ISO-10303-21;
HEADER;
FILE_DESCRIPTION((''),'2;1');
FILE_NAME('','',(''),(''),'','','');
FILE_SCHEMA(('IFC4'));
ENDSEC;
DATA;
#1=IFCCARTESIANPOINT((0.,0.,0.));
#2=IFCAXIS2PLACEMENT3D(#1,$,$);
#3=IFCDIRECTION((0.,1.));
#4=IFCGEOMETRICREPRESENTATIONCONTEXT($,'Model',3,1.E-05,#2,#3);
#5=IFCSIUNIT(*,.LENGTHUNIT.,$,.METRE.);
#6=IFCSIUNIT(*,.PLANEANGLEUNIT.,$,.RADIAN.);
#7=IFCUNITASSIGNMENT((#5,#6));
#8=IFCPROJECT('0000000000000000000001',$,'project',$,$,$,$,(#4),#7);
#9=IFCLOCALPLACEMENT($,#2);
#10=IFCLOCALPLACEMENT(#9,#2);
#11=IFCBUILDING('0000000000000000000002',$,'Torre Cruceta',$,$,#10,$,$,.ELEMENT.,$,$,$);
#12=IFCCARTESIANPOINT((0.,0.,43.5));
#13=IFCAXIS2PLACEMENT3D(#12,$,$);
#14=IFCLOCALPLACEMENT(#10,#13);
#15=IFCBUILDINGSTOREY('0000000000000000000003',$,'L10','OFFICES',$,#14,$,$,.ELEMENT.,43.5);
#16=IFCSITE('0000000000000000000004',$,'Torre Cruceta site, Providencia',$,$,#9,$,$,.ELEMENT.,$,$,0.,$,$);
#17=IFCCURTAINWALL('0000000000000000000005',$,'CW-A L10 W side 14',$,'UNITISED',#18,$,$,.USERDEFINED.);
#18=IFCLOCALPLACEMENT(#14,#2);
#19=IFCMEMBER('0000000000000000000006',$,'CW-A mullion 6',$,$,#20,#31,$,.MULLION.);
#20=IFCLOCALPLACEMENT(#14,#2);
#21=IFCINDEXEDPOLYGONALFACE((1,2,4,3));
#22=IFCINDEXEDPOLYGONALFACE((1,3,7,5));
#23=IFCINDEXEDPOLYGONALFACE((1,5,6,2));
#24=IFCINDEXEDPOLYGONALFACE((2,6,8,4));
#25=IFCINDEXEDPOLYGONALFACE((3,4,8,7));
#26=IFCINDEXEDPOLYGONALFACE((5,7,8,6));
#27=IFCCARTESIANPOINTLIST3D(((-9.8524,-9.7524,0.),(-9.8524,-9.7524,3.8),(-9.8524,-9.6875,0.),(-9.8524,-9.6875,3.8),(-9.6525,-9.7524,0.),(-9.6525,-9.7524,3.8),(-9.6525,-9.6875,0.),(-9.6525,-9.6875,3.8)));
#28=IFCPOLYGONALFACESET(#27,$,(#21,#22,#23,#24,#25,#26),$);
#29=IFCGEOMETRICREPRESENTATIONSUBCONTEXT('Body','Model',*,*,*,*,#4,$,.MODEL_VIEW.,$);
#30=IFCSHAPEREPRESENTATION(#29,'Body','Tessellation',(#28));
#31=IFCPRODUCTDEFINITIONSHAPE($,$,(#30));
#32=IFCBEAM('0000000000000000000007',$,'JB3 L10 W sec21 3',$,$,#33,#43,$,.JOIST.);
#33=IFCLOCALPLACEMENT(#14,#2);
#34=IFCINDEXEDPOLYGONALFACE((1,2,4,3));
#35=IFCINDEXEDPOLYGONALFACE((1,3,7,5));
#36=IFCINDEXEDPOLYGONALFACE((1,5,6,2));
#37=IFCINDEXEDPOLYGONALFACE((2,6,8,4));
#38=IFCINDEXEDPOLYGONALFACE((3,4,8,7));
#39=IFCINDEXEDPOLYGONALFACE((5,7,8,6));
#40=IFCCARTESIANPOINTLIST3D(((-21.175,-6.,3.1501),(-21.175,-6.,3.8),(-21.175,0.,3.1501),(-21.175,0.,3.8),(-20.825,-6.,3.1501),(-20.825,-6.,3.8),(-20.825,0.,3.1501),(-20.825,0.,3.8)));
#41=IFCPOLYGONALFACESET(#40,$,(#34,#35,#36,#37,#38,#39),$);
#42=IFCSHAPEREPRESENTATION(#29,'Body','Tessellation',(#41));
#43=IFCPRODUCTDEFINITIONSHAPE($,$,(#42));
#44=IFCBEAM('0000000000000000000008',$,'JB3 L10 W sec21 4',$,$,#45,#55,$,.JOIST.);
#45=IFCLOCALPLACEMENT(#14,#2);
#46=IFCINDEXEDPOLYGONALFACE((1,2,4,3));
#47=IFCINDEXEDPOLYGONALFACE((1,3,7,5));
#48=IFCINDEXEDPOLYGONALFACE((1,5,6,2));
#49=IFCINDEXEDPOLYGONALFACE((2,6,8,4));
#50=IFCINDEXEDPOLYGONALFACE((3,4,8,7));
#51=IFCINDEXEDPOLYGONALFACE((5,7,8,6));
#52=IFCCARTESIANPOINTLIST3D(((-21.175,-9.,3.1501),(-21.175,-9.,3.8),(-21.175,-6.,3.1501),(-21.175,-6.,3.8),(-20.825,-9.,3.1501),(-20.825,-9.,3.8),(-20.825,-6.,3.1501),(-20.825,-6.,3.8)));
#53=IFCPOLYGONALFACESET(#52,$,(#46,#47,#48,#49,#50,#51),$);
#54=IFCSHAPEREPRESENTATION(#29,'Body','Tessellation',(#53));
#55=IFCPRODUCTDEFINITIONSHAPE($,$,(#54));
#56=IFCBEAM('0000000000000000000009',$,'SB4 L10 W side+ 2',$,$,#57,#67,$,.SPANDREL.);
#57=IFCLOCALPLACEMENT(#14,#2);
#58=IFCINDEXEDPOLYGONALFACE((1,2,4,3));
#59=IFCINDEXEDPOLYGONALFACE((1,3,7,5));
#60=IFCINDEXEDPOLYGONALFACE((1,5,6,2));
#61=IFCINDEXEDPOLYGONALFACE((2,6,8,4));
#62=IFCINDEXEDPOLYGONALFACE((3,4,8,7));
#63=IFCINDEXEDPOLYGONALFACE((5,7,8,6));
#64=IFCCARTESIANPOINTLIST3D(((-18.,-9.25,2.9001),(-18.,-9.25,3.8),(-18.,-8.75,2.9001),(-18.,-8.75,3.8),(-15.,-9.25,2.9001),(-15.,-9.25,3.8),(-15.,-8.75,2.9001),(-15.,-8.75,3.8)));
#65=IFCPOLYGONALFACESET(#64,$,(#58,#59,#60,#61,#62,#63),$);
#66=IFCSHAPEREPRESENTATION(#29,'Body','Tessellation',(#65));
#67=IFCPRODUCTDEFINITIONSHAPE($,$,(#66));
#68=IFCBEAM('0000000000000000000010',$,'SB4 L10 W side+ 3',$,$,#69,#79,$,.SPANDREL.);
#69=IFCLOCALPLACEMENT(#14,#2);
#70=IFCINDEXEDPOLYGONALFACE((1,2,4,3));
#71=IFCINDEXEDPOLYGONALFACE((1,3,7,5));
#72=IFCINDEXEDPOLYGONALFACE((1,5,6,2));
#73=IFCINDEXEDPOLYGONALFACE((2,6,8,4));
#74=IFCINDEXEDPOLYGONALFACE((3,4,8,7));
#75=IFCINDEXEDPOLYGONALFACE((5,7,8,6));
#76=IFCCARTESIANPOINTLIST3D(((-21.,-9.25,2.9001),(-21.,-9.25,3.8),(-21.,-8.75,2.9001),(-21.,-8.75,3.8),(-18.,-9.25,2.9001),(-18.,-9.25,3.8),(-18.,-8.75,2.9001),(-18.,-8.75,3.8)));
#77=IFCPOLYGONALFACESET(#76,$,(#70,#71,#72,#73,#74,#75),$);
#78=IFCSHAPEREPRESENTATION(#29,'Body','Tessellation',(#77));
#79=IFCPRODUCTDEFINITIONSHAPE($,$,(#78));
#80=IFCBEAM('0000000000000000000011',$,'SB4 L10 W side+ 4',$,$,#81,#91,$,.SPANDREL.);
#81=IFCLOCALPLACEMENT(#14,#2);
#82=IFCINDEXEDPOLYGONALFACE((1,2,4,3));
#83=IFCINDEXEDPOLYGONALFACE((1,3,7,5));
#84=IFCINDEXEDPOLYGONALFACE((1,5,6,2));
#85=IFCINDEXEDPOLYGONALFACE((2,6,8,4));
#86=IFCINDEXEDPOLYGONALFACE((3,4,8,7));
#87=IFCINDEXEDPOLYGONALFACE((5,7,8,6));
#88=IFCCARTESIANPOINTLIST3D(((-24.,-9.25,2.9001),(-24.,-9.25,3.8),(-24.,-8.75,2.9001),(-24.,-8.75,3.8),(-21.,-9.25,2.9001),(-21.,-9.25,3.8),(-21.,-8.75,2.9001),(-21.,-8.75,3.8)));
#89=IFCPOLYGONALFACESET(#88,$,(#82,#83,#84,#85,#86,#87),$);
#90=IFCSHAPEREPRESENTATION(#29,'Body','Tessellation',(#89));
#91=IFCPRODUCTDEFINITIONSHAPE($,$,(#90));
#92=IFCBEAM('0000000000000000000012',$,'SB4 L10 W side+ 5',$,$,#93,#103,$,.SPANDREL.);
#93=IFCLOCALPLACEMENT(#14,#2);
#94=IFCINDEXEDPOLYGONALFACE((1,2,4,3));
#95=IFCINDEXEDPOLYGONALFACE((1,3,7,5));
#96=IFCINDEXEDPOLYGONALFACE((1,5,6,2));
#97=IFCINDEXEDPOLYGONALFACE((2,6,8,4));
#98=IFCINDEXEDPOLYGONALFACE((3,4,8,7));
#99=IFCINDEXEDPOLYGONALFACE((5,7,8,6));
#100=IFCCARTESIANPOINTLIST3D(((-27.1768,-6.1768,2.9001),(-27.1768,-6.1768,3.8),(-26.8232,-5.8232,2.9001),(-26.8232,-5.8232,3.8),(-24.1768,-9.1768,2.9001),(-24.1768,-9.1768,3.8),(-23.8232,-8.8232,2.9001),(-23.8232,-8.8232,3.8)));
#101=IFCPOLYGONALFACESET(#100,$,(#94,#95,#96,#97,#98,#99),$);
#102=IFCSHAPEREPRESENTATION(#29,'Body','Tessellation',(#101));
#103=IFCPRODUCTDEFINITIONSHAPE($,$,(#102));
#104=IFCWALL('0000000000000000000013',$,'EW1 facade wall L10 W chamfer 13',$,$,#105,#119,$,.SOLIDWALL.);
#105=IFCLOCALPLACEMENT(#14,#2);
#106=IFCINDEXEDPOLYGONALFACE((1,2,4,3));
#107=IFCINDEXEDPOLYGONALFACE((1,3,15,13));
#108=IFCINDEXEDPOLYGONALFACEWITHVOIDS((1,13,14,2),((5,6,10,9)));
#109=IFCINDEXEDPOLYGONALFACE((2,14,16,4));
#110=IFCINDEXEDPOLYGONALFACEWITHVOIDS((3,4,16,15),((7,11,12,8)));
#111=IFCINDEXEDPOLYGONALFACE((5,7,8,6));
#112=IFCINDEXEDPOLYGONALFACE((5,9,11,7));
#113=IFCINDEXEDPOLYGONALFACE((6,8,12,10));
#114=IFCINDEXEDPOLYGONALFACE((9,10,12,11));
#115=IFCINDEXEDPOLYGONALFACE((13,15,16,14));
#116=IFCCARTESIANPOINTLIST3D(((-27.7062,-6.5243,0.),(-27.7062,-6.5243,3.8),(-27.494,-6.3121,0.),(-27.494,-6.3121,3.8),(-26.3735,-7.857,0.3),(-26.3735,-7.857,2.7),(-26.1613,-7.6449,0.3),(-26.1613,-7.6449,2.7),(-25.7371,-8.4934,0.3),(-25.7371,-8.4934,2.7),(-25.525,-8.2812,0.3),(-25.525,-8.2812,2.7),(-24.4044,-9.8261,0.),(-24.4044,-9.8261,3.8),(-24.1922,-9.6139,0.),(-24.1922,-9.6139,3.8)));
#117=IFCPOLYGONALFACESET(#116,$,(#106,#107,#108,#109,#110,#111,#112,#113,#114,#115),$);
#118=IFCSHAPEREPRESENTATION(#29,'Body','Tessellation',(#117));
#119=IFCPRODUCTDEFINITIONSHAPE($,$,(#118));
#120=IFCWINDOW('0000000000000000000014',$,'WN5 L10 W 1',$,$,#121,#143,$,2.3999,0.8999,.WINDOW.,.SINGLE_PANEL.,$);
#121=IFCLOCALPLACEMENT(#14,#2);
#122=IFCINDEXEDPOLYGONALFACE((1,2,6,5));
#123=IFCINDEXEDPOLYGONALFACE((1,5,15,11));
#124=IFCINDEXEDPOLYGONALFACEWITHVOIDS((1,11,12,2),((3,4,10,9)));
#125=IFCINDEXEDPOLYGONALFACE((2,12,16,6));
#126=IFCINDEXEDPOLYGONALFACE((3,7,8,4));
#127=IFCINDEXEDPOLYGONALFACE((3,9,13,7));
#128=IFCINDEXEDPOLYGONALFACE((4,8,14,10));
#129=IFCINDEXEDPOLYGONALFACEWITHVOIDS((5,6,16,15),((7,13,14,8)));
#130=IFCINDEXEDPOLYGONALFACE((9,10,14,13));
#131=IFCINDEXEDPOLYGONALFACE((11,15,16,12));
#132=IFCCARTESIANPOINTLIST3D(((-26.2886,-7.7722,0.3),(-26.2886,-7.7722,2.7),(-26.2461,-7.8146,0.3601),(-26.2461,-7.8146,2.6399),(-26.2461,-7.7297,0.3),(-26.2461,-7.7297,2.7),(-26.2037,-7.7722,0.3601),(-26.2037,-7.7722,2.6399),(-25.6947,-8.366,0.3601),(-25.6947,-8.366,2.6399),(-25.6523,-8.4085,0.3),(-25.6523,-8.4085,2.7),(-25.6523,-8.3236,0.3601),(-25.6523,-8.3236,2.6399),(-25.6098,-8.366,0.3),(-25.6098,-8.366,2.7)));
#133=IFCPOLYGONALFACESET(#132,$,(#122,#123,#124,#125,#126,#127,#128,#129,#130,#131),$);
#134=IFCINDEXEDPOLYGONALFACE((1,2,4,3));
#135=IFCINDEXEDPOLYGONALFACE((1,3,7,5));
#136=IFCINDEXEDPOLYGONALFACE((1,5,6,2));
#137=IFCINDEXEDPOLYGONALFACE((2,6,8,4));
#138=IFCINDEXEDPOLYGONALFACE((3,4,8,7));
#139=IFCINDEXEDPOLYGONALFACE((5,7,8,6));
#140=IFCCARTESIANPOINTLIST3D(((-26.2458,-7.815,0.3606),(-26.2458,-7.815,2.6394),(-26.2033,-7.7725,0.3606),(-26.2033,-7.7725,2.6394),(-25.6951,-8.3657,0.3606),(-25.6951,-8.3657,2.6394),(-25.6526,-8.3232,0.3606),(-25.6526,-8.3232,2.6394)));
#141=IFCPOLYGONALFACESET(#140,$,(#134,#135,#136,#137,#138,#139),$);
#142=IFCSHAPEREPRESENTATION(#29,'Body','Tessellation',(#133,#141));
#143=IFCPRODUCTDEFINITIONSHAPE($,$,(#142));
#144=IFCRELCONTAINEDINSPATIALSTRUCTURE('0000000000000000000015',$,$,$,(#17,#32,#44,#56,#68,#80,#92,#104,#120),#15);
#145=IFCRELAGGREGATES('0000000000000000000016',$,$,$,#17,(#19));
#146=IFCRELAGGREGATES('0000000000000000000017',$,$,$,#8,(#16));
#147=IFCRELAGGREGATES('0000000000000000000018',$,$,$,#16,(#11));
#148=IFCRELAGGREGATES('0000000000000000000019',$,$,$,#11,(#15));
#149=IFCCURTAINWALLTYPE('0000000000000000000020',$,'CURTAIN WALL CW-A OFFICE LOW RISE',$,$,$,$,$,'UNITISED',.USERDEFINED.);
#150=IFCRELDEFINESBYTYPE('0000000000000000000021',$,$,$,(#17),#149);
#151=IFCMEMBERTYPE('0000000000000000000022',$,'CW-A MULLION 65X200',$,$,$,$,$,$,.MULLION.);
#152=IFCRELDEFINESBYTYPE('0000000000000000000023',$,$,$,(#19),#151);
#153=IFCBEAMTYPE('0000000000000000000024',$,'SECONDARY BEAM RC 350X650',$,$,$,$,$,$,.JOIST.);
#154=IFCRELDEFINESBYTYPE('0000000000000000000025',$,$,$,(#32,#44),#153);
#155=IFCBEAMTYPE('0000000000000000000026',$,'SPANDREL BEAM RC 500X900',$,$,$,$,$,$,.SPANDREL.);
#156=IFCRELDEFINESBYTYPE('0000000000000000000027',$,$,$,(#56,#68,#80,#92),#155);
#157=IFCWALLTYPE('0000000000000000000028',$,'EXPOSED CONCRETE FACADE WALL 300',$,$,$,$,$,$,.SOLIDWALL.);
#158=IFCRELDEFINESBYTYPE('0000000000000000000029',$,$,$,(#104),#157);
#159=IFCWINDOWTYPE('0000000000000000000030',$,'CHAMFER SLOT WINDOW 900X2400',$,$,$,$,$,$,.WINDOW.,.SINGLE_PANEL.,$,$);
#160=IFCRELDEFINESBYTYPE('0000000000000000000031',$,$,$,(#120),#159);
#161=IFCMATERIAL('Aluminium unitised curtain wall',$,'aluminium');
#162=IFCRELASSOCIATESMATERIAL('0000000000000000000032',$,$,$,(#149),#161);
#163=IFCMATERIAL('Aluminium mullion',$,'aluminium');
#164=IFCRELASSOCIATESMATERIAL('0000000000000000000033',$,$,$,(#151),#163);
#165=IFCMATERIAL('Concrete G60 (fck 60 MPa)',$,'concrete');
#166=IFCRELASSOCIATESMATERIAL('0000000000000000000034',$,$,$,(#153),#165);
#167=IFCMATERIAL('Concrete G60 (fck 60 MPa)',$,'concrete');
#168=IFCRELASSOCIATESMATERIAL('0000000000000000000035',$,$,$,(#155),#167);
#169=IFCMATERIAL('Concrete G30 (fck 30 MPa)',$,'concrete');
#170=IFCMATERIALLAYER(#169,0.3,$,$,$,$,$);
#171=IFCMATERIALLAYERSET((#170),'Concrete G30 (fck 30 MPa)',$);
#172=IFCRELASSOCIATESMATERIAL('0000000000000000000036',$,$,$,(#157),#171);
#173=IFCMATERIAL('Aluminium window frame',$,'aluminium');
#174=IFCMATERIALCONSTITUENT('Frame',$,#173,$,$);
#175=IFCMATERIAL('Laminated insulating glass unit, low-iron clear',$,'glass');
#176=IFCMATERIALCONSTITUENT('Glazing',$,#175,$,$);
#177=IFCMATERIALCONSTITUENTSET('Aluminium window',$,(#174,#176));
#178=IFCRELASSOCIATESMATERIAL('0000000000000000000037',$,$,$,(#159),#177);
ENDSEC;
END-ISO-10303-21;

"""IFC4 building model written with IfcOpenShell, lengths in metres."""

from ifc_helpers import new_model, si_unit, direction, frame, frame_2d, origin, origin_2d, place, context, subcontext, project, spatial, rectangle, hollow_rectangle, extrude, material, layer, layer_set, constituent, constituent_set, material_profile, profile_set, type_object, element, fill, aggregate, save


model = new_model("IFC4")

# Units and contexts
model_context = context("Model", 3, precision=1e-05, world=origin(), true_north=direction((0.0, 1.0)))
body_context = subcontext(model_context, "Body", "Model", "MODEL_VIEW")
ifc_project = project(units=[si_unit("LENGTHUNIT", "METRE"), si_unit("PLANEANGLEUNIT", "RADIAN")], contexts=[model_context])

# Site, building, storey
site_placement = place(None, origin())
site = spatial("IfcSite", under=ifc_project, at=site_placement, Name="Torre Cruceta site, Providencia", CompositionType="ELEMENT", RefElevation=0.0)
building_placement = place(site_placement, origin())
building = spatial("IfcBuilding", under=site, at=building_placement, Name="Torre Cruceta", CompositionType="ELEMENT")
storey_placement = place(building_placement, frame((0.0, 0.0, 43.5)))
storey = spatial("IfcBuildingStorey", under=building, at=storey_placement, Name="L10", Description="OFFICES", CompositionType="ELEMENT", Elevation=43.5)

# Curtain wall, member
ifc_material_1 = material(Name="Aluminium unitised curtain wall", Category="aluminium")
curtain_wall_type = type_object("IfcCurtainWallType", Name="CURTAIN WALL CW-A OFFICE LOW RISE", ElementType="UNITISED", PredefinedType="USERDEFINED", material=ifc_material_1)
curtain_wall_placement = place(storey_placement, origin())
curtain_wall = element("IfcCurtainWall", 1, at=curtain_wall_placement, inside=storey, type_object=curtain_wall_type, Name="CW-A L10 W side 14", ObjectType="UNITISED", PredefinedType="USERDEFINED")
ifc_material_2 = material(Name="Aluminium mullion", Category="aluminium")
ifc_material_profile_1 = material_profile(ifc_material_2, rectangle(XDim=0.0649, YDim=0.2, at=origin_2d()), Name="AL 65X200")
ifc_profile_set_1 = profile_set([ifc_material_profile_1], Name="Aluminium mullion")
member_type = type_object("IfcMemberType", Name="CW-A MULLION 65X200", PredefinedType="MULLION", material=ifc_profile_set_1)
member_placement = place(storey_placement, frame((-9.7524, -9.72, 0.0), z_axis=(0.0, 0.0, 1.0), x_axis=(0.0, 1.0, 0.0)))
member = element("IfcMember", 2, at=member_placement, type_object=member_type, Name="CW-A mullion 6", PredefinedType="MULLION", context=body_context, shape_type="SweptSolid", body=[
    extrude(rectangle(XDim=0.0649, YDim=0.2, at=origin_2d()), origin(), (0.0, 0.0, 1.0), 3.8),
])
aggregate(curtain_wall, [member])

# Beams
ifc_material_3 = material(Name="Concrete G60 (fck 60 MPa)", Category="concrete")
ifc_material_profile_2 = material_profile(ifc_material_3, rectangle(XDim=0.3501, YDim=0.6499, at=origin_2d()), Name="RC 350X650")
ifc_profile_set_2 = profile_set([ifc_material_profile_2], Name="Concrete G60 (fck 60 MPa)")
beam_type_1 = type_object("IfcBeamType", Name="SECONDARY BEAM RC 350X650", PredefinedType="JOIST", material=ifc_profile_set_2)
beam_1_placement = place(storey_placement, frame((-21.0, 0.0, 3.4751), z_axis=(0.0, -1.0, 0.0), x_axis=(1.0, 0.0, 0.0)))
element("IfcBeam", 3, at=beam_1_placement, inside=storey, type_object=beam_type_1, Name="JB3 L10 W sec21 3", PredefinedType="JOIST", context=body_context, shape_type="SweptSolid", body=[
    extrude(rectangle(XDim=0.3501, YDim=0.6499, at=origin_2d()), origin(), (0.0, 0.0, 1.0), 6.0),
])
beam_2_placement = place(storey_placement, frame((-21.0, -6.0, 3.4751), z_axis=(0.0, -1.0, 0.0), x_axis=(1.0, 0.0, 0.0)))
element("IfcBeam", 4, at=beam_2_placement, inside=storey, type_object=beam_type_1, Name="JB3 L10 W sec21 4", PredefinedType="JOIST", context=body_context, shape_type="SweptSolid", body=[
    extrude(rectangle(XDim=0.3501, YDim=0.6499, at=origin_2d()), origin(), (0.0, 0.0, 1.0), 3.0),
])
ifc_material_4 = material(Name="Concrete G60 (fck 60 MPa)", Category="concrete")
ifc_material_profile_3 = material_profile(ifc_material_4, rectangle(XDim=0.5, YDim=0.8999, at=origin_2d()), Name="RC 500X900")
ifc_profile_set_3 = profile_set([ifc_material_profile_3], Name="Concrete G60 (fck 60 MPa)")
beam_type_2 = type_object("IfcBeamType", Name="SPANDREL BEAM RC 500X900", PredefinedType="SPANDREL", material=ifc_profile_set_3)
for number, where, z_axis, x_axis, name in (
    (5, (-15.0, -9.0, 3.3501), (-1.0, 0.0, 0.0), (0.0, -1.0, 0.0), "SB4 L10 W side+ 2"),
    (6, (-18.0, -9.0, 3.3501), (-1.0, 0.0, 0.0), (0.0, -1.0, 0.0), "SB4 L10 W side+ 3"),
    (7, (-21.0, -9.0, 3.3501), (-1.0, 0.0, 0.0), (0.0, -1.0, 0.0), "SB4 L10 W side+ 4"),
):
    element("IfcBeam", number, at=place(storey_placement, frame(where, z_axis=z_axis, x_axis=x_axis)), inside=storey, type_object=beam_type_2, Name=name, PredefinedType="SPANDREL", context=body_context, shape_type="SweptSolid", body=[
        extrude(rectangle(XDim=0.5, YDim=0.8999, at=origin_2d()), origin(), (0.0, 0.0, 1.0), 3.0),
    ])
beam_3_placement = place(storey_placement, frame((-24.0, -9.0, 3.3501), z_axis=(-0.707107, 0.707107, 0.0), x_axis=(-0.707107, -0.707107, 0.0)))
element("IfcBeam", 8, at=beam_3_placement, inside=storey, type_object=beam_type_2, Name="SB4 L10 W side+ 5", PredefinedType="SPANDREL", context=body_context, shape_type="SweptSolid", body=[
    extrude(rectangle(XDim=0.5, YDim=0.8999, at=origin_2d()), origin(), (0.0, 0.0, 1.0), 4.2427),
])

# Wall, opening, window
ifc_material_5 = material(Name="Concrete G30 (fck 30 MPa)", Category="concrete")
ifc_layer_1 = layer(ifc_material_5, 0.3)
ifc_layer_set_1 = layer_set([ifc_layer_1], Name="Concrete G30 (fck 30 MPa)")
wall_type_1 = type_object("IfcWallType", Name="EXPOSED CONCRETE FACADE WALL 300", PredefinedType="SOLIDWALL", material=ifc_layer_set_1)
wall_1_placement = place(storey_placement, frame((-27.6001, -6.4182, 0.0), z_axis=(0.0, 0.0, 1.0), x_axis=(0.707107, -0.707107, 0.0)))
wall_1 = element("IfcWall", 9, at=wall_1_placement, inside=storey, type_object=wall_type_1, Name="EW1 facade wall L10 W chamfer 13", PredefinedType="SOLIDWALL", context=body_context, shape_type="SweptSolid", body=[
    extrude(rectangle(XDim=4.6694, YDim=0.3, at=frame_2d((2.3347, 0.0))), origin(), (0.0, 0.0, 1.0), 3.8),
])
opening_1_placement = place(wall_1_placement, frame((1.8848, 0.0, 0.3)))
opening_1 = element("IfcOpeningElement", 10, at=opening_1_placement, cuts=wall_1, PredefinedType="OPENING", context=body_context, shape_type="SweptSolid", body=[
    extrude(rectangle(XDim=0.8999, YDim=2.3999, at=frame_2d((0.45, 1.2))), frame((0.0, 0.1599, 0.0), z_axis=(0.0, -1.0, 0.0), x_axis=(1.0, 0.0, 0.0)), (0.0, 0.0, 1.0), 0.3201),
])
ifc_material_6 = material(Name="Aluminium window frame", Category="aluminium")
ifc_constituent_1 = constituent(ifc_material_6, Name="Frame")
ifc_material_7 = material(Name="Laminated insulating glass unit, low-iron clear", Category="glass")
ifc_constituent_2 = constituent(ifc_material_7, Name="Glazing")
ifc_constituent_set_1 = constituent_set(constituents=[ifc_constituent_1, ifc_constituent_2], Name="Aluminium window")
window_type = type_object("IfcWindowType", Name="CHAMFER SLOT WINDOW 900X2400", PartitioningType="SINGLE_PANEL", PredefinedType="WINDOW", material=ifc_constituent_set_1)
window_placement = place(opening_1_placement, origin())
window = element("IfcWindow", 11, at=window_placement, inside=storey, type_object=window_type, Name="WN5 L10 W 1", OverallHeight=2.3999, OverallWidth=0.8999, PartitioningType="SINGLE_PANEL", PredefinedType="WINDOW", context=body_context, shape_type="SweptSolid", body=[
    extrude(hollow_rectangle(XDim=0.8999, YDim=2.3999, WallThickness=0.0601, at=frame_2d((0.45, 1.2))), frame((0.0, 0.03, 0.0), z_axis=(0.0, -1.0, 0.0), x_axis=(1.0, 0.0, 0.0)), (0.0, 0.0, 1.0), 0.0601),
    extrude(rectangle(XDim=0.7788, YDim=2.2788, at=frame_2d((0.45, 1.2))), frame((0.0, 0.03, 0.0), z_axis=(0.0, -1.0, 0.0), x_axis=(1.0, 0.0, 0.0)), (0.0, 0.0, 1.0), 0.0601),
])
fill(opening_1, window)

save(model, "model.ifc")
